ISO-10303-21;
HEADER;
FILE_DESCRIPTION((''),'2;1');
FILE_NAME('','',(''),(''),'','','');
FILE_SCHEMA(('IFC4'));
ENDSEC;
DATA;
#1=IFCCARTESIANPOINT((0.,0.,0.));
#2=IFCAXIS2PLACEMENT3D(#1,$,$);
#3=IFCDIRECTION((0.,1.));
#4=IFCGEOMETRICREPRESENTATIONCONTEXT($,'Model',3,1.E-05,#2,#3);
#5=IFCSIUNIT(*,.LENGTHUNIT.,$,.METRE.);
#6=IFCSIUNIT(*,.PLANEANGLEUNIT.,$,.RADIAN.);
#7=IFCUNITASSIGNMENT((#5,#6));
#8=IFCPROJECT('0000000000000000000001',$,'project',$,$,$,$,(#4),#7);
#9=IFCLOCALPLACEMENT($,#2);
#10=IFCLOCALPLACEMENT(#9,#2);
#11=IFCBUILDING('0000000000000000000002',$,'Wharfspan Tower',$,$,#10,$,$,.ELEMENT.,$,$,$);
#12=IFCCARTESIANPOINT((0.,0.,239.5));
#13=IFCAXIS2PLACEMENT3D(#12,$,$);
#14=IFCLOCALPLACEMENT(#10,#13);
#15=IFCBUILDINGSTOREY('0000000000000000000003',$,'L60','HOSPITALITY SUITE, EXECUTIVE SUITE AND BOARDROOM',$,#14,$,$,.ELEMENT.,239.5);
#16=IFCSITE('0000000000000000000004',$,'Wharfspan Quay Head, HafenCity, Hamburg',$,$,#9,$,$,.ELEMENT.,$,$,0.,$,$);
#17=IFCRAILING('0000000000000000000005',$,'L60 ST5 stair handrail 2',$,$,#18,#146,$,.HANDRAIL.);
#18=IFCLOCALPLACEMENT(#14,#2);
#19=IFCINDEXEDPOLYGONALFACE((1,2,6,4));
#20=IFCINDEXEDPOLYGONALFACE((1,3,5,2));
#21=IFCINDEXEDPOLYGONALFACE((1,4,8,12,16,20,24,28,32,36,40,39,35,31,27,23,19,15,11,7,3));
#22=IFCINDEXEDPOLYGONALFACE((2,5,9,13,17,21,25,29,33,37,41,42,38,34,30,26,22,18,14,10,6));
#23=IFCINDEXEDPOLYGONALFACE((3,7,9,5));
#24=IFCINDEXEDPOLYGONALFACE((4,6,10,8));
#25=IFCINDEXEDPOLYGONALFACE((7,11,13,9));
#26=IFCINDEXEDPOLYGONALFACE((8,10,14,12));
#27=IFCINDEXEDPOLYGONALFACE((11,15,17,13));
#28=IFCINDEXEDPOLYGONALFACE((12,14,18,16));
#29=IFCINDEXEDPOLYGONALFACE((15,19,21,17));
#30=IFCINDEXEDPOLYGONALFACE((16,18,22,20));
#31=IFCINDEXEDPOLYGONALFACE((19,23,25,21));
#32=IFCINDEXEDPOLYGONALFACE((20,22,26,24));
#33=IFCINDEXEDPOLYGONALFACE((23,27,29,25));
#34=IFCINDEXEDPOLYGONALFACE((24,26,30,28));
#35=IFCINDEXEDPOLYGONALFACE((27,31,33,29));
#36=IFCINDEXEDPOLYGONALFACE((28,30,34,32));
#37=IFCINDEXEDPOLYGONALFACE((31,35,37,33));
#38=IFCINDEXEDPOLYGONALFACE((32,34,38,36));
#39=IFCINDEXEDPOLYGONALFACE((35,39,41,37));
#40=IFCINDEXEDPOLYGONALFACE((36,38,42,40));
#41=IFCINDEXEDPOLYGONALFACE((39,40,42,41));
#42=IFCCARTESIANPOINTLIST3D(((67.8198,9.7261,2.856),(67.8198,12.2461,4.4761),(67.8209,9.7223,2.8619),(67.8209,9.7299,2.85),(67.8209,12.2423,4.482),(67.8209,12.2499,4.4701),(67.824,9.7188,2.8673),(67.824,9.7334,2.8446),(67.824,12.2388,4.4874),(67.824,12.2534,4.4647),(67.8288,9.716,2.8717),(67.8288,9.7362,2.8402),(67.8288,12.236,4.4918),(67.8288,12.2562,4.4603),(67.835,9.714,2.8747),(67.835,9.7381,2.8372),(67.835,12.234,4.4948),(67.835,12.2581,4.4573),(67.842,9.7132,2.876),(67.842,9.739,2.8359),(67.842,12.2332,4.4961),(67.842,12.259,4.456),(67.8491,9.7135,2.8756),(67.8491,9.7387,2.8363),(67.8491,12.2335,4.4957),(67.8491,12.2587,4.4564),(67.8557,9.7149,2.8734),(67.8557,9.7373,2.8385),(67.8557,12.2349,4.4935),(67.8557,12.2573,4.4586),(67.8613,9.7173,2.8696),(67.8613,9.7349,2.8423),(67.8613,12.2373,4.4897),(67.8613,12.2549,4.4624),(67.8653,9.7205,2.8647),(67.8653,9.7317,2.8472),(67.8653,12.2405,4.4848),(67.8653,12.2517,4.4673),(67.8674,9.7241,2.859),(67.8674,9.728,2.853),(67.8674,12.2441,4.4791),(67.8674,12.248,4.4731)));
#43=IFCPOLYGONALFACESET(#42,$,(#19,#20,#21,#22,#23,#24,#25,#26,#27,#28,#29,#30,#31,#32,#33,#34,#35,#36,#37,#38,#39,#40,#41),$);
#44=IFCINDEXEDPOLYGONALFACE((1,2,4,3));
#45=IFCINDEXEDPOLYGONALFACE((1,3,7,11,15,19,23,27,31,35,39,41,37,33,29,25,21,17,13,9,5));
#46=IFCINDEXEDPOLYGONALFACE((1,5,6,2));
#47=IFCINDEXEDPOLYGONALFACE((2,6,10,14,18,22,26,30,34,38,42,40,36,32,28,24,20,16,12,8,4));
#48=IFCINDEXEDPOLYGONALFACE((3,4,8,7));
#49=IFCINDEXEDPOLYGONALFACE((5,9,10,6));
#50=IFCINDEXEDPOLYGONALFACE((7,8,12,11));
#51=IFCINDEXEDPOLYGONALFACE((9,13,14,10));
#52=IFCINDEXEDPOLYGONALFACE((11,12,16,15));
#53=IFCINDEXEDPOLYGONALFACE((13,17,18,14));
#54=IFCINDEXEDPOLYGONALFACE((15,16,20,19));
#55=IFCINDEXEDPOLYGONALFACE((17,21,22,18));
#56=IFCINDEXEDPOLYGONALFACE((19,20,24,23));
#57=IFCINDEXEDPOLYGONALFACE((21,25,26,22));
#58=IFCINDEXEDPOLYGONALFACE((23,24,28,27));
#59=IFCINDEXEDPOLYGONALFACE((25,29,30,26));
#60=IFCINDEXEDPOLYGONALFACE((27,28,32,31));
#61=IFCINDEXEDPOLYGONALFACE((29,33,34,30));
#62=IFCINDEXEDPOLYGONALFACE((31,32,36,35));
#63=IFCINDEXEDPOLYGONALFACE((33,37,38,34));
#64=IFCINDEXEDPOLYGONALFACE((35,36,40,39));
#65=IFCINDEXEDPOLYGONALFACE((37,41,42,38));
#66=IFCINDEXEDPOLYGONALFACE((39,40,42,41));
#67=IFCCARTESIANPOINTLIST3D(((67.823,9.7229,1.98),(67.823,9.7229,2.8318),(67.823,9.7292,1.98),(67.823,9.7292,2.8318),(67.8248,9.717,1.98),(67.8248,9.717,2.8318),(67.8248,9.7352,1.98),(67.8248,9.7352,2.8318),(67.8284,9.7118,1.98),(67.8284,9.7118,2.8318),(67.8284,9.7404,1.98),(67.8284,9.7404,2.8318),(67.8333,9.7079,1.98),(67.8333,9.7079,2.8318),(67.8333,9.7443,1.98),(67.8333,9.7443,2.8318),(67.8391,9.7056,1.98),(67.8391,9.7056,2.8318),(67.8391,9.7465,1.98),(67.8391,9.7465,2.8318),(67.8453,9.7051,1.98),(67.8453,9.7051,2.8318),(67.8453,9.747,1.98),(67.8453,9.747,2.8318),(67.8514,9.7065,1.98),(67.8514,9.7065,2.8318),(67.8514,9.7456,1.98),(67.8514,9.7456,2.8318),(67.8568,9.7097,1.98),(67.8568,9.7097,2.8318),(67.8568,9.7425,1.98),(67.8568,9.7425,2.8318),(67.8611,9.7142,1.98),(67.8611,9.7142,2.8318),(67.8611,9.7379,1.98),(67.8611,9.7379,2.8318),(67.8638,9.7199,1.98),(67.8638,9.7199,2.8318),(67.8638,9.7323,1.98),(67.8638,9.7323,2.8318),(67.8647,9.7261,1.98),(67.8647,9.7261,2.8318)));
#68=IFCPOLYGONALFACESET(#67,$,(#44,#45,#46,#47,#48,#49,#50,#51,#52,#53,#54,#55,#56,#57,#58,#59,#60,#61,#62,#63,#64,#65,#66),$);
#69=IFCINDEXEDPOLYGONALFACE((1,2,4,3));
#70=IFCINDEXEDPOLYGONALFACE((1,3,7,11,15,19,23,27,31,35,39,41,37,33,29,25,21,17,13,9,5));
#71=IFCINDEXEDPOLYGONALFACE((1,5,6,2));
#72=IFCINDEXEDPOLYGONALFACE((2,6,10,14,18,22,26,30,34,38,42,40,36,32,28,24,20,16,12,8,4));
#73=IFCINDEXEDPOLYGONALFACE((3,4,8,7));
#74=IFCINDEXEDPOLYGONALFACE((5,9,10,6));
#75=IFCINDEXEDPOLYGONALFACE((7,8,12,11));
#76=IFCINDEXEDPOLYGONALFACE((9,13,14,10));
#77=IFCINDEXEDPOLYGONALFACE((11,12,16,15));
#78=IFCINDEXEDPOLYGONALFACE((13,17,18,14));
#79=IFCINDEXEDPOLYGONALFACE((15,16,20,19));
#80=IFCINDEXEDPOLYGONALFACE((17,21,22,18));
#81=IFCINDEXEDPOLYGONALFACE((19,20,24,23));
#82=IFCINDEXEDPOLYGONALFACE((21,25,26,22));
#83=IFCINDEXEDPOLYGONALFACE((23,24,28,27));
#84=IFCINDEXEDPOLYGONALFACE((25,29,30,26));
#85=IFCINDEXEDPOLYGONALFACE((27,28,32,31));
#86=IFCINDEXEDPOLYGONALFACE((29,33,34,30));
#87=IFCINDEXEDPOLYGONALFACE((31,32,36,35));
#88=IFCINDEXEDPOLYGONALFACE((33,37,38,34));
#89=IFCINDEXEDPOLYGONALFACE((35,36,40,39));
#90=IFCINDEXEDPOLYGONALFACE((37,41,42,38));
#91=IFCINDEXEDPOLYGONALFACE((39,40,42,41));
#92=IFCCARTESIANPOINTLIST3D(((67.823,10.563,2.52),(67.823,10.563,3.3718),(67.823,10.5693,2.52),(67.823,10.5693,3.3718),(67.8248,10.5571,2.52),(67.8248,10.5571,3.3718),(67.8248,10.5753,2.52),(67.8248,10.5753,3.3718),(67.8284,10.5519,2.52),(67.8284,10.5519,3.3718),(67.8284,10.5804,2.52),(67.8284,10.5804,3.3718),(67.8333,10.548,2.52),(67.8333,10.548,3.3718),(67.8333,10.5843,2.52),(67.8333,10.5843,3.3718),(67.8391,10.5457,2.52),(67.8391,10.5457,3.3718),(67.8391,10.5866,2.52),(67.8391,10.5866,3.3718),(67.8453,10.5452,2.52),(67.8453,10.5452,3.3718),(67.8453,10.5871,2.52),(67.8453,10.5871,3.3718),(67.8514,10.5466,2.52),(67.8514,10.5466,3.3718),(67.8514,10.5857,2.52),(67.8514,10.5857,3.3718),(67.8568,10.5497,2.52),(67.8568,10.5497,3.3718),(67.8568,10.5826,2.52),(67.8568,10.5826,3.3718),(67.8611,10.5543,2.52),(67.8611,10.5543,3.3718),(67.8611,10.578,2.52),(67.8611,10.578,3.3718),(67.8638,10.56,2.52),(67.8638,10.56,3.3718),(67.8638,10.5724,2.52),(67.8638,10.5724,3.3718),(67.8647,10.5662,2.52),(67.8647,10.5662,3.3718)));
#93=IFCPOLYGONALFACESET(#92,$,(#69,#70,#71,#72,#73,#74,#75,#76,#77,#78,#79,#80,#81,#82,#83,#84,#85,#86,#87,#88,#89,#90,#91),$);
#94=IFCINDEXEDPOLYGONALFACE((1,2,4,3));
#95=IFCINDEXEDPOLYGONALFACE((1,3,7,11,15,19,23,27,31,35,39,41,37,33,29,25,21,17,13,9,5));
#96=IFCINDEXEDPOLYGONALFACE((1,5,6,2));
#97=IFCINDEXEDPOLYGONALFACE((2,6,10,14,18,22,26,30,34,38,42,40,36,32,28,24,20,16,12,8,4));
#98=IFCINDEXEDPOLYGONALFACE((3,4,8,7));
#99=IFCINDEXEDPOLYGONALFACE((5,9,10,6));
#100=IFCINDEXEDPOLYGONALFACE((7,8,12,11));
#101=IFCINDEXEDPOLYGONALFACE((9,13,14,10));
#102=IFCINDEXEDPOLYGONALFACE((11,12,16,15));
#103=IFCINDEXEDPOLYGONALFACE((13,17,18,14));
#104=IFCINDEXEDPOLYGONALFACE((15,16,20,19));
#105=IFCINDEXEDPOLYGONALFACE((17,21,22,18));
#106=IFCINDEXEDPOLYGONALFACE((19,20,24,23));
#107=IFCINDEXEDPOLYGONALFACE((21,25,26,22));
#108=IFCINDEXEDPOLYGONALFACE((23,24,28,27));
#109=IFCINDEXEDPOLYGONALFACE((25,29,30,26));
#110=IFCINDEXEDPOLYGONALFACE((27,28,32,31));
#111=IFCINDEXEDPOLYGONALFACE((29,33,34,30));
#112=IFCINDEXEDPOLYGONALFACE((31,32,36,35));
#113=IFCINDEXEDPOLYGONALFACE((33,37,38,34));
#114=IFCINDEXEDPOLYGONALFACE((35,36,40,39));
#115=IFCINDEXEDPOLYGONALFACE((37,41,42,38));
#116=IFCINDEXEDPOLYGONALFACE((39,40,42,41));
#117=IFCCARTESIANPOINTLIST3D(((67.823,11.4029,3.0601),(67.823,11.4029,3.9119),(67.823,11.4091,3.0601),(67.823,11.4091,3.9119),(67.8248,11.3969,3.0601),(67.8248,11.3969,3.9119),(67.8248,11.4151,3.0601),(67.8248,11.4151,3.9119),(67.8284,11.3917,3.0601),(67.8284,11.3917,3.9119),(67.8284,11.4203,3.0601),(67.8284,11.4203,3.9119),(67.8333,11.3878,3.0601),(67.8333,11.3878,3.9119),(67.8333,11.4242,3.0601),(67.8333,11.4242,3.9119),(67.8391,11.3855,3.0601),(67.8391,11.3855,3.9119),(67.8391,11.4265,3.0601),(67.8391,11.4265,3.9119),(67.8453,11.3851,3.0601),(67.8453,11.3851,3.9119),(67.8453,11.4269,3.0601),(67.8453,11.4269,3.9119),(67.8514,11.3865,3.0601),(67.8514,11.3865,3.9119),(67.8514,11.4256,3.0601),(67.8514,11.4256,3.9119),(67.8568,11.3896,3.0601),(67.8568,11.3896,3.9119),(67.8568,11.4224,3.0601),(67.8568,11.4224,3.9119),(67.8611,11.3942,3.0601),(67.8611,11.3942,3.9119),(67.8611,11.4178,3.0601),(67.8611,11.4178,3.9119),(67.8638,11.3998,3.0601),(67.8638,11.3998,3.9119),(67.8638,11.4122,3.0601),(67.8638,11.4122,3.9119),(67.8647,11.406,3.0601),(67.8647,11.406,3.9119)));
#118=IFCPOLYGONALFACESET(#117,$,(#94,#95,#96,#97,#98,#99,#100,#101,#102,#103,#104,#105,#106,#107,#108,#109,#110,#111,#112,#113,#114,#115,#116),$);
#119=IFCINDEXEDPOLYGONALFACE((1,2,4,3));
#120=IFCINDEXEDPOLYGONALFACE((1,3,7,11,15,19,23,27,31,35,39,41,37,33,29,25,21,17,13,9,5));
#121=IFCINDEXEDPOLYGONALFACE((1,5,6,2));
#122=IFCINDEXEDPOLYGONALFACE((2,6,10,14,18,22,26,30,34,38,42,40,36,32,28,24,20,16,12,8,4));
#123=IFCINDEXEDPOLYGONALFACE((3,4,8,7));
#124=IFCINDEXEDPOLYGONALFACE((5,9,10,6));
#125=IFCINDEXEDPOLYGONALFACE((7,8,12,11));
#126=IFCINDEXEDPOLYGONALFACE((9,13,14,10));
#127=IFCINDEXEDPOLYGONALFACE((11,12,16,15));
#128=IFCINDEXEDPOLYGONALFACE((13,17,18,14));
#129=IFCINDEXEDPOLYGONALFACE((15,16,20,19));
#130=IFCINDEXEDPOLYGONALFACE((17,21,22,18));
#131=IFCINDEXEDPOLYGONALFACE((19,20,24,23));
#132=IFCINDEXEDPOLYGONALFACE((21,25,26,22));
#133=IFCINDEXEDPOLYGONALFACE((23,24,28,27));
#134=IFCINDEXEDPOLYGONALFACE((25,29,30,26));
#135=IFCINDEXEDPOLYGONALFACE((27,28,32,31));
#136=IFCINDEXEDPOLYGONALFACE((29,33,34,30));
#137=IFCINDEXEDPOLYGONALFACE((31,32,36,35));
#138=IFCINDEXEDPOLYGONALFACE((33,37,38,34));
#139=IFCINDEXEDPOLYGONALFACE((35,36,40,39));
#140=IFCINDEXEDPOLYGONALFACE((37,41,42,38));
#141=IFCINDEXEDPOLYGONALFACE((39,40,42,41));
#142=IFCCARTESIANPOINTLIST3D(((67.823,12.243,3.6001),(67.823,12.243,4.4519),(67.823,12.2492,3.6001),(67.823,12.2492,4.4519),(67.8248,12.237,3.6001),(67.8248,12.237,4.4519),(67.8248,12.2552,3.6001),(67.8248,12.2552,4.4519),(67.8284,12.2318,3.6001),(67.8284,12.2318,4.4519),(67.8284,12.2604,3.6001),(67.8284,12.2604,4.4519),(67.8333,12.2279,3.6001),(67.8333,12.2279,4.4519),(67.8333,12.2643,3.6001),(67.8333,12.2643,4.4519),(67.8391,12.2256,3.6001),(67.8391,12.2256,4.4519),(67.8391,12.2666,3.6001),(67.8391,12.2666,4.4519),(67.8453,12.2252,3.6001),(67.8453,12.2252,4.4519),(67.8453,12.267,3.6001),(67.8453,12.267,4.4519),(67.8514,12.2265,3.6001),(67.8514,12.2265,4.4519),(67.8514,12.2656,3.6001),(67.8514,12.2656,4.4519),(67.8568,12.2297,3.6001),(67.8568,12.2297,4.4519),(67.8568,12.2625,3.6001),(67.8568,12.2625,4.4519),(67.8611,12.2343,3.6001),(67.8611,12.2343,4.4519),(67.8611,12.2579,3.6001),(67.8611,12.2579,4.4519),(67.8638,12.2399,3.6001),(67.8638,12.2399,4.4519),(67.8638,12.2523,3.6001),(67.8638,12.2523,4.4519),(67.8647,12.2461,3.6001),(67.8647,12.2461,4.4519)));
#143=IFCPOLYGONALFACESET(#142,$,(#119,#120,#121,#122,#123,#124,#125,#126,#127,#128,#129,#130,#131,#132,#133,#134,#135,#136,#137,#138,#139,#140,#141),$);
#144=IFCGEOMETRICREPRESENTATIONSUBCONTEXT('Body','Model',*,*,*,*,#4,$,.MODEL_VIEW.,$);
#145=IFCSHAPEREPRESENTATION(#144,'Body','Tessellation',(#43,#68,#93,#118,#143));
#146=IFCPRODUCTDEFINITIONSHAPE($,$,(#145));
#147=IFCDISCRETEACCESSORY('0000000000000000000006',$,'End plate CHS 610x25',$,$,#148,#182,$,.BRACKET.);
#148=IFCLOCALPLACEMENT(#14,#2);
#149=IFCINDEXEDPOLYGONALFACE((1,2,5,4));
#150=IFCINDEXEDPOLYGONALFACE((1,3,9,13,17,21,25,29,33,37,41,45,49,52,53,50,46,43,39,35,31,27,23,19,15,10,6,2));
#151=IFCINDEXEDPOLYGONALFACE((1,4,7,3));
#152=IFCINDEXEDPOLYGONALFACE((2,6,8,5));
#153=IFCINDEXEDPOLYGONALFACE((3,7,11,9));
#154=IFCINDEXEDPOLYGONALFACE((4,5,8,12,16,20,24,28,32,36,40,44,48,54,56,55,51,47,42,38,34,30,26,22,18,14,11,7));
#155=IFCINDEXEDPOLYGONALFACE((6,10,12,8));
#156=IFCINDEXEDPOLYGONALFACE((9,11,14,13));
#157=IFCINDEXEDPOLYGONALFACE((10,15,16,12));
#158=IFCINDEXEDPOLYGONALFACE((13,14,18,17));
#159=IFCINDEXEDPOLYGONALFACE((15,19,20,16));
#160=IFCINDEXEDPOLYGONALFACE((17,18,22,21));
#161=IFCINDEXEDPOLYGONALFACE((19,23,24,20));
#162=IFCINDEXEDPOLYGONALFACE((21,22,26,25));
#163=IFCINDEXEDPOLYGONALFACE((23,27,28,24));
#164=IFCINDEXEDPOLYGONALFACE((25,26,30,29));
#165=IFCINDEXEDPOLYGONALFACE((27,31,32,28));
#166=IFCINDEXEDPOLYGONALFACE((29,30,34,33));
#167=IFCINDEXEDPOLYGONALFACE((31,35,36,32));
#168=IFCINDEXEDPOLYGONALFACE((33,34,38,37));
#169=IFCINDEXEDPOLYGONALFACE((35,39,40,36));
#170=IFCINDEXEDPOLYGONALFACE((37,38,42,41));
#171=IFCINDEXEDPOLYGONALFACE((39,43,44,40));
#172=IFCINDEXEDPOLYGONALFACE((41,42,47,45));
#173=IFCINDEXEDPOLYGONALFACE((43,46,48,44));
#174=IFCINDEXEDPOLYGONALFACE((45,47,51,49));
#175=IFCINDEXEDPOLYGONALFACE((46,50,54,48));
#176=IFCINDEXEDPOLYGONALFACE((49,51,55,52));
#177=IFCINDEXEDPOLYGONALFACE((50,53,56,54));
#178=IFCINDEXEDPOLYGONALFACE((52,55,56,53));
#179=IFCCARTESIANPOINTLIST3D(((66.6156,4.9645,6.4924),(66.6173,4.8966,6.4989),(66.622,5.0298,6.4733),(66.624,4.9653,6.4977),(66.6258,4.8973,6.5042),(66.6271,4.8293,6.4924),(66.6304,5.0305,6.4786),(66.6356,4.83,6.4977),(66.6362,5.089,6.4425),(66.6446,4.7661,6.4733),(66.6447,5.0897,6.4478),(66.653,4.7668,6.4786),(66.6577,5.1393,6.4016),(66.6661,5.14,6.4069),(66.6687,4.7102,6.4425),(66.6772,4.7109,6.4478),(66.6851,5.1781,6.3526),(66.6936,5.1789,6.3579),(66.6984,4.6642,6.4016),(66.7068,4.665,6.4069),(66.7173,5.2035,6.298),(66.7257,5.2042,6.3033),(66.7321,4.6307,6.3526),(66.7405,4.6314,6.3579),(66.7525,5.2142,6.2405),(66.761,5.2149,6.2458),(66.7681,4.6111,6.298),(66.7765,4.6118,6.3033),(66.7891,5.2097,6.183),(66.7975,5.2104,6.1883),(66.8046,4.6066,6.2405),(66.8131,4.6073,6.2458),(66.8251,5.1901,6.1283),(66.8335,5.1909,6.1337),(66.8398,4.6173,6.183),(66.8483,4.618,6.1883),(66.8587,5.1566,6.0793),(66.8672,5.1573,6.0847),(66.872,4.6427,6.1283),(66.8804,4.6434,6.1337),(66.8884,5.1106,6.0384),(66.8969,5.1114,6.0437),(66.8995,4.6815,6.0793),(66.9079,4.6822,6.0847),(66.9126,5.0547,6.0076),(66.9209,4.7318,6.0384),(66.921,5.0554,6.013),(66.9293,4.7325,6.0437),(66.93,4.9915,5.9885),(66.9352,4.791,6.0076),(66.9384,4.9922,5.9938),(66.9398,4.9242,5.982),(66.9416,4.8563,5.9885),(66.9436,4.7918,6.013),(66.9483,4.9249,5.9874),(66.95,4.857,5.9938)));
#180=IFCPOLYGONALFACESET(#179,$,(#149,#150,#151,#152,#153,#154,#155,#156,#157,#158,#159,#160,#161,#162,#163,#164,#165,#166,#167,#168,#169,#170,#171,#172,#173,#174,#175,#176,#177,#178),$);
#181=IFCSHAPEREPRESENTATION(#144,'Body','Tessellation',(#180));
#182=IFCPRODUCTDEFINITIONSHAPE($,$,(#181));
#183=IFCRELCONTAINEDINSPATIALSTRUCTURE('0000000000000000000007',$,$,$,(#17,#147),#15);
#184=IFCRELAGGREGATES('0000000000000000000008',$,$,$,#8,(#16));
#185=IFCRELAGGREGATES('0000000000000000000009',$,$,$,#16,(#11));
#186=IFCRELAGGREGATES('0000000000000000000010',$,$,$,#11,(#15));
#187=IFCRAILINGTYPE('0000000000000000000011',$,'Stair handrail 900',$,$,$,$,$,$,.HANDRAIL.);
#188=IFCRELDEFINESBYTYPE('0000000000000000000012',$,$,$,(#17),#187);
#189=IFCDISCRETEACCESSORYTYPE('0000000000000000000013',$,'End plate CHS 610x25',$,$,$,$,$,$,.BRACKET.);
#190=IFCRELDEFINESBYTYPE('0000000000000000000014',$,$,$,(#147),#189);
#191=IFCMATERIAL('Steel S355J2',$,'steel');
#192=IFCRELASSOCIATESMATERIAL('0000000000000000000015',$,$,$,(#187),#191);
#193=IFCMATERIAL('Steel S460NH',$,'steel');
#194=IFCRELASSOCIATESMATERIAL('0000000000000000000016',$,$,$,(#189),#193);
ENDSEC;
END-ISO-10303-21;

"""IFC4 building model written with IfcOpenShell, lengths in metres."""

from ifc_helpers import new_model, si_unit, direction, frame, origin, origin_2d, place, context, subcontext, project, spatial, circle, extrude, material, material_profile, profile_set, type_object, element, save


model = new_model("IFC4")

# Units and contexts
model_context = context("Model", 3, precision=1e-05, world=origin(), true_north=direction((0.0, 1.0)))
body_context = subcontext(model_context, "Body", "Model", "MODEL_VIEW")
ifc_project = project(units=[si_unit("LENGTHUNIT", "METRE"), si_unit("PLANEANGLEUNIT", "RADIAN")], contexts=[model_context])

# Site, building, storey
site_placement = place(None, origin())
site = spatial("IfcSite", under=ifc_project, at=site_placement, Name="Wharfspan Quay Head, HafenCity, Hamburg", CompositionType="ELEMENT", RefElevation=0.0)
building_placement = place(site_placement, origin())
building = spatial("IfcBuilding", under=site, at=building_placement, Name="Wharfspan Tower", CompositionType="ELEMENT")
storey_placement = place(building_placement, frame((0.0, 0.0, 239.5)))
storey = spatial("IfcBuildingStorey", under=building, at=storey_placement, Name="L60", Description="HOSPITALITY SUITE, EXECUTIVE SUITE AND BOARDROOM", CompositionType="ELEMENT", Elevation=239.5)

# Shared definitions
ifc_material_1 = material(Name="Steel S355J2", Category="steel")

# Shared definitions
ifc_material_2 = material(Name="Steel S460NH", Category="steel")

# Railing
railing_type_1 = type_object("IfcRailingType", Name="Stair handrail 900", PredefinedType="HANDRAIL", material=ifc_material_1)
railing_1_placement = place(storey_placement, frame((67.8438, 9.7261, 1.98)))
element("IfcRailing", 1, at=railing_1_placement, inside=storey, type_object=railing_type_1, Name="L60 ST5 stair handrail 2", PredefinedType="HANDRAIL", context=body_context, shape_type="SweptSolid", body=[
    extrude(circle(Radius=0.0239, at=origin_2d()), frame((0.0, 0.0, 0.876), z_axis=(0.0, 0.841163, 0.540782), x_axis=(-1.0, 0.0, 0.0)), (0.0, 0.0, 1.0), 2.9958),
    extrude(circle(Radius=0.021, at=origin_2d()), origin(), (0.0, 0.0, 1.0), 0.8518),
    extrude(circle(Radius=0.021, at=origin_2d()), frame((0.0, 0.8401, 0.54)), (0.0, 0.0, 1.0), 0.8518),
    extrude(circle(Radius=0.021, at=origin_2d()), frame((0.0, 1.6799, 1.0801)), (0.0, 0.0, 1.0), 0.8518),
    extrude(circle(Radius=0.021, at=origin_2d()), frame((0.0, 2.52, 1.6201)), (0.0, 0.0, 1.0), 0.8518),
])

# Discrete accessory
ifc_material_profile_1 = material_profile(ifc_material_2, circle(Radius=0.3049, at=origin_2d()))
ifc_profile_set_1 = profile_set([ifc_material_profile_1], Name="Steel S460NH")
discrete_accessory_type = type_object("IfcDiscreteAccessoryType", Name="End plate CHS 610x25", PredefinedType="BRACKET", material=ifc_profile_set_1)
for number, where, z_axis, x_axis, name in (
    (2, (66.7786, 4.9104, 6.2405), (0.844416, 0.072379, 0.530776), (-0.085402, 0.99635, 0.0), "End plate CHS 610x25"),
):
    element("IfcDiscreteAccessory", number, at=place(storey_placement, frame(where, z_axis=z_axis, x_axis=x_axis)), inside=storey, type_object=discrete_accessory_type, Name=name, PredefinedType="BRACKET", context=body_context, shape_type="SweptSolid", body=[
        extrude(circle(Radius=0.3049, at=origin_2d()), origin(), (0.0, 0.0, 1.0), 0.01),
    ])

save(model, "model.ifc")
